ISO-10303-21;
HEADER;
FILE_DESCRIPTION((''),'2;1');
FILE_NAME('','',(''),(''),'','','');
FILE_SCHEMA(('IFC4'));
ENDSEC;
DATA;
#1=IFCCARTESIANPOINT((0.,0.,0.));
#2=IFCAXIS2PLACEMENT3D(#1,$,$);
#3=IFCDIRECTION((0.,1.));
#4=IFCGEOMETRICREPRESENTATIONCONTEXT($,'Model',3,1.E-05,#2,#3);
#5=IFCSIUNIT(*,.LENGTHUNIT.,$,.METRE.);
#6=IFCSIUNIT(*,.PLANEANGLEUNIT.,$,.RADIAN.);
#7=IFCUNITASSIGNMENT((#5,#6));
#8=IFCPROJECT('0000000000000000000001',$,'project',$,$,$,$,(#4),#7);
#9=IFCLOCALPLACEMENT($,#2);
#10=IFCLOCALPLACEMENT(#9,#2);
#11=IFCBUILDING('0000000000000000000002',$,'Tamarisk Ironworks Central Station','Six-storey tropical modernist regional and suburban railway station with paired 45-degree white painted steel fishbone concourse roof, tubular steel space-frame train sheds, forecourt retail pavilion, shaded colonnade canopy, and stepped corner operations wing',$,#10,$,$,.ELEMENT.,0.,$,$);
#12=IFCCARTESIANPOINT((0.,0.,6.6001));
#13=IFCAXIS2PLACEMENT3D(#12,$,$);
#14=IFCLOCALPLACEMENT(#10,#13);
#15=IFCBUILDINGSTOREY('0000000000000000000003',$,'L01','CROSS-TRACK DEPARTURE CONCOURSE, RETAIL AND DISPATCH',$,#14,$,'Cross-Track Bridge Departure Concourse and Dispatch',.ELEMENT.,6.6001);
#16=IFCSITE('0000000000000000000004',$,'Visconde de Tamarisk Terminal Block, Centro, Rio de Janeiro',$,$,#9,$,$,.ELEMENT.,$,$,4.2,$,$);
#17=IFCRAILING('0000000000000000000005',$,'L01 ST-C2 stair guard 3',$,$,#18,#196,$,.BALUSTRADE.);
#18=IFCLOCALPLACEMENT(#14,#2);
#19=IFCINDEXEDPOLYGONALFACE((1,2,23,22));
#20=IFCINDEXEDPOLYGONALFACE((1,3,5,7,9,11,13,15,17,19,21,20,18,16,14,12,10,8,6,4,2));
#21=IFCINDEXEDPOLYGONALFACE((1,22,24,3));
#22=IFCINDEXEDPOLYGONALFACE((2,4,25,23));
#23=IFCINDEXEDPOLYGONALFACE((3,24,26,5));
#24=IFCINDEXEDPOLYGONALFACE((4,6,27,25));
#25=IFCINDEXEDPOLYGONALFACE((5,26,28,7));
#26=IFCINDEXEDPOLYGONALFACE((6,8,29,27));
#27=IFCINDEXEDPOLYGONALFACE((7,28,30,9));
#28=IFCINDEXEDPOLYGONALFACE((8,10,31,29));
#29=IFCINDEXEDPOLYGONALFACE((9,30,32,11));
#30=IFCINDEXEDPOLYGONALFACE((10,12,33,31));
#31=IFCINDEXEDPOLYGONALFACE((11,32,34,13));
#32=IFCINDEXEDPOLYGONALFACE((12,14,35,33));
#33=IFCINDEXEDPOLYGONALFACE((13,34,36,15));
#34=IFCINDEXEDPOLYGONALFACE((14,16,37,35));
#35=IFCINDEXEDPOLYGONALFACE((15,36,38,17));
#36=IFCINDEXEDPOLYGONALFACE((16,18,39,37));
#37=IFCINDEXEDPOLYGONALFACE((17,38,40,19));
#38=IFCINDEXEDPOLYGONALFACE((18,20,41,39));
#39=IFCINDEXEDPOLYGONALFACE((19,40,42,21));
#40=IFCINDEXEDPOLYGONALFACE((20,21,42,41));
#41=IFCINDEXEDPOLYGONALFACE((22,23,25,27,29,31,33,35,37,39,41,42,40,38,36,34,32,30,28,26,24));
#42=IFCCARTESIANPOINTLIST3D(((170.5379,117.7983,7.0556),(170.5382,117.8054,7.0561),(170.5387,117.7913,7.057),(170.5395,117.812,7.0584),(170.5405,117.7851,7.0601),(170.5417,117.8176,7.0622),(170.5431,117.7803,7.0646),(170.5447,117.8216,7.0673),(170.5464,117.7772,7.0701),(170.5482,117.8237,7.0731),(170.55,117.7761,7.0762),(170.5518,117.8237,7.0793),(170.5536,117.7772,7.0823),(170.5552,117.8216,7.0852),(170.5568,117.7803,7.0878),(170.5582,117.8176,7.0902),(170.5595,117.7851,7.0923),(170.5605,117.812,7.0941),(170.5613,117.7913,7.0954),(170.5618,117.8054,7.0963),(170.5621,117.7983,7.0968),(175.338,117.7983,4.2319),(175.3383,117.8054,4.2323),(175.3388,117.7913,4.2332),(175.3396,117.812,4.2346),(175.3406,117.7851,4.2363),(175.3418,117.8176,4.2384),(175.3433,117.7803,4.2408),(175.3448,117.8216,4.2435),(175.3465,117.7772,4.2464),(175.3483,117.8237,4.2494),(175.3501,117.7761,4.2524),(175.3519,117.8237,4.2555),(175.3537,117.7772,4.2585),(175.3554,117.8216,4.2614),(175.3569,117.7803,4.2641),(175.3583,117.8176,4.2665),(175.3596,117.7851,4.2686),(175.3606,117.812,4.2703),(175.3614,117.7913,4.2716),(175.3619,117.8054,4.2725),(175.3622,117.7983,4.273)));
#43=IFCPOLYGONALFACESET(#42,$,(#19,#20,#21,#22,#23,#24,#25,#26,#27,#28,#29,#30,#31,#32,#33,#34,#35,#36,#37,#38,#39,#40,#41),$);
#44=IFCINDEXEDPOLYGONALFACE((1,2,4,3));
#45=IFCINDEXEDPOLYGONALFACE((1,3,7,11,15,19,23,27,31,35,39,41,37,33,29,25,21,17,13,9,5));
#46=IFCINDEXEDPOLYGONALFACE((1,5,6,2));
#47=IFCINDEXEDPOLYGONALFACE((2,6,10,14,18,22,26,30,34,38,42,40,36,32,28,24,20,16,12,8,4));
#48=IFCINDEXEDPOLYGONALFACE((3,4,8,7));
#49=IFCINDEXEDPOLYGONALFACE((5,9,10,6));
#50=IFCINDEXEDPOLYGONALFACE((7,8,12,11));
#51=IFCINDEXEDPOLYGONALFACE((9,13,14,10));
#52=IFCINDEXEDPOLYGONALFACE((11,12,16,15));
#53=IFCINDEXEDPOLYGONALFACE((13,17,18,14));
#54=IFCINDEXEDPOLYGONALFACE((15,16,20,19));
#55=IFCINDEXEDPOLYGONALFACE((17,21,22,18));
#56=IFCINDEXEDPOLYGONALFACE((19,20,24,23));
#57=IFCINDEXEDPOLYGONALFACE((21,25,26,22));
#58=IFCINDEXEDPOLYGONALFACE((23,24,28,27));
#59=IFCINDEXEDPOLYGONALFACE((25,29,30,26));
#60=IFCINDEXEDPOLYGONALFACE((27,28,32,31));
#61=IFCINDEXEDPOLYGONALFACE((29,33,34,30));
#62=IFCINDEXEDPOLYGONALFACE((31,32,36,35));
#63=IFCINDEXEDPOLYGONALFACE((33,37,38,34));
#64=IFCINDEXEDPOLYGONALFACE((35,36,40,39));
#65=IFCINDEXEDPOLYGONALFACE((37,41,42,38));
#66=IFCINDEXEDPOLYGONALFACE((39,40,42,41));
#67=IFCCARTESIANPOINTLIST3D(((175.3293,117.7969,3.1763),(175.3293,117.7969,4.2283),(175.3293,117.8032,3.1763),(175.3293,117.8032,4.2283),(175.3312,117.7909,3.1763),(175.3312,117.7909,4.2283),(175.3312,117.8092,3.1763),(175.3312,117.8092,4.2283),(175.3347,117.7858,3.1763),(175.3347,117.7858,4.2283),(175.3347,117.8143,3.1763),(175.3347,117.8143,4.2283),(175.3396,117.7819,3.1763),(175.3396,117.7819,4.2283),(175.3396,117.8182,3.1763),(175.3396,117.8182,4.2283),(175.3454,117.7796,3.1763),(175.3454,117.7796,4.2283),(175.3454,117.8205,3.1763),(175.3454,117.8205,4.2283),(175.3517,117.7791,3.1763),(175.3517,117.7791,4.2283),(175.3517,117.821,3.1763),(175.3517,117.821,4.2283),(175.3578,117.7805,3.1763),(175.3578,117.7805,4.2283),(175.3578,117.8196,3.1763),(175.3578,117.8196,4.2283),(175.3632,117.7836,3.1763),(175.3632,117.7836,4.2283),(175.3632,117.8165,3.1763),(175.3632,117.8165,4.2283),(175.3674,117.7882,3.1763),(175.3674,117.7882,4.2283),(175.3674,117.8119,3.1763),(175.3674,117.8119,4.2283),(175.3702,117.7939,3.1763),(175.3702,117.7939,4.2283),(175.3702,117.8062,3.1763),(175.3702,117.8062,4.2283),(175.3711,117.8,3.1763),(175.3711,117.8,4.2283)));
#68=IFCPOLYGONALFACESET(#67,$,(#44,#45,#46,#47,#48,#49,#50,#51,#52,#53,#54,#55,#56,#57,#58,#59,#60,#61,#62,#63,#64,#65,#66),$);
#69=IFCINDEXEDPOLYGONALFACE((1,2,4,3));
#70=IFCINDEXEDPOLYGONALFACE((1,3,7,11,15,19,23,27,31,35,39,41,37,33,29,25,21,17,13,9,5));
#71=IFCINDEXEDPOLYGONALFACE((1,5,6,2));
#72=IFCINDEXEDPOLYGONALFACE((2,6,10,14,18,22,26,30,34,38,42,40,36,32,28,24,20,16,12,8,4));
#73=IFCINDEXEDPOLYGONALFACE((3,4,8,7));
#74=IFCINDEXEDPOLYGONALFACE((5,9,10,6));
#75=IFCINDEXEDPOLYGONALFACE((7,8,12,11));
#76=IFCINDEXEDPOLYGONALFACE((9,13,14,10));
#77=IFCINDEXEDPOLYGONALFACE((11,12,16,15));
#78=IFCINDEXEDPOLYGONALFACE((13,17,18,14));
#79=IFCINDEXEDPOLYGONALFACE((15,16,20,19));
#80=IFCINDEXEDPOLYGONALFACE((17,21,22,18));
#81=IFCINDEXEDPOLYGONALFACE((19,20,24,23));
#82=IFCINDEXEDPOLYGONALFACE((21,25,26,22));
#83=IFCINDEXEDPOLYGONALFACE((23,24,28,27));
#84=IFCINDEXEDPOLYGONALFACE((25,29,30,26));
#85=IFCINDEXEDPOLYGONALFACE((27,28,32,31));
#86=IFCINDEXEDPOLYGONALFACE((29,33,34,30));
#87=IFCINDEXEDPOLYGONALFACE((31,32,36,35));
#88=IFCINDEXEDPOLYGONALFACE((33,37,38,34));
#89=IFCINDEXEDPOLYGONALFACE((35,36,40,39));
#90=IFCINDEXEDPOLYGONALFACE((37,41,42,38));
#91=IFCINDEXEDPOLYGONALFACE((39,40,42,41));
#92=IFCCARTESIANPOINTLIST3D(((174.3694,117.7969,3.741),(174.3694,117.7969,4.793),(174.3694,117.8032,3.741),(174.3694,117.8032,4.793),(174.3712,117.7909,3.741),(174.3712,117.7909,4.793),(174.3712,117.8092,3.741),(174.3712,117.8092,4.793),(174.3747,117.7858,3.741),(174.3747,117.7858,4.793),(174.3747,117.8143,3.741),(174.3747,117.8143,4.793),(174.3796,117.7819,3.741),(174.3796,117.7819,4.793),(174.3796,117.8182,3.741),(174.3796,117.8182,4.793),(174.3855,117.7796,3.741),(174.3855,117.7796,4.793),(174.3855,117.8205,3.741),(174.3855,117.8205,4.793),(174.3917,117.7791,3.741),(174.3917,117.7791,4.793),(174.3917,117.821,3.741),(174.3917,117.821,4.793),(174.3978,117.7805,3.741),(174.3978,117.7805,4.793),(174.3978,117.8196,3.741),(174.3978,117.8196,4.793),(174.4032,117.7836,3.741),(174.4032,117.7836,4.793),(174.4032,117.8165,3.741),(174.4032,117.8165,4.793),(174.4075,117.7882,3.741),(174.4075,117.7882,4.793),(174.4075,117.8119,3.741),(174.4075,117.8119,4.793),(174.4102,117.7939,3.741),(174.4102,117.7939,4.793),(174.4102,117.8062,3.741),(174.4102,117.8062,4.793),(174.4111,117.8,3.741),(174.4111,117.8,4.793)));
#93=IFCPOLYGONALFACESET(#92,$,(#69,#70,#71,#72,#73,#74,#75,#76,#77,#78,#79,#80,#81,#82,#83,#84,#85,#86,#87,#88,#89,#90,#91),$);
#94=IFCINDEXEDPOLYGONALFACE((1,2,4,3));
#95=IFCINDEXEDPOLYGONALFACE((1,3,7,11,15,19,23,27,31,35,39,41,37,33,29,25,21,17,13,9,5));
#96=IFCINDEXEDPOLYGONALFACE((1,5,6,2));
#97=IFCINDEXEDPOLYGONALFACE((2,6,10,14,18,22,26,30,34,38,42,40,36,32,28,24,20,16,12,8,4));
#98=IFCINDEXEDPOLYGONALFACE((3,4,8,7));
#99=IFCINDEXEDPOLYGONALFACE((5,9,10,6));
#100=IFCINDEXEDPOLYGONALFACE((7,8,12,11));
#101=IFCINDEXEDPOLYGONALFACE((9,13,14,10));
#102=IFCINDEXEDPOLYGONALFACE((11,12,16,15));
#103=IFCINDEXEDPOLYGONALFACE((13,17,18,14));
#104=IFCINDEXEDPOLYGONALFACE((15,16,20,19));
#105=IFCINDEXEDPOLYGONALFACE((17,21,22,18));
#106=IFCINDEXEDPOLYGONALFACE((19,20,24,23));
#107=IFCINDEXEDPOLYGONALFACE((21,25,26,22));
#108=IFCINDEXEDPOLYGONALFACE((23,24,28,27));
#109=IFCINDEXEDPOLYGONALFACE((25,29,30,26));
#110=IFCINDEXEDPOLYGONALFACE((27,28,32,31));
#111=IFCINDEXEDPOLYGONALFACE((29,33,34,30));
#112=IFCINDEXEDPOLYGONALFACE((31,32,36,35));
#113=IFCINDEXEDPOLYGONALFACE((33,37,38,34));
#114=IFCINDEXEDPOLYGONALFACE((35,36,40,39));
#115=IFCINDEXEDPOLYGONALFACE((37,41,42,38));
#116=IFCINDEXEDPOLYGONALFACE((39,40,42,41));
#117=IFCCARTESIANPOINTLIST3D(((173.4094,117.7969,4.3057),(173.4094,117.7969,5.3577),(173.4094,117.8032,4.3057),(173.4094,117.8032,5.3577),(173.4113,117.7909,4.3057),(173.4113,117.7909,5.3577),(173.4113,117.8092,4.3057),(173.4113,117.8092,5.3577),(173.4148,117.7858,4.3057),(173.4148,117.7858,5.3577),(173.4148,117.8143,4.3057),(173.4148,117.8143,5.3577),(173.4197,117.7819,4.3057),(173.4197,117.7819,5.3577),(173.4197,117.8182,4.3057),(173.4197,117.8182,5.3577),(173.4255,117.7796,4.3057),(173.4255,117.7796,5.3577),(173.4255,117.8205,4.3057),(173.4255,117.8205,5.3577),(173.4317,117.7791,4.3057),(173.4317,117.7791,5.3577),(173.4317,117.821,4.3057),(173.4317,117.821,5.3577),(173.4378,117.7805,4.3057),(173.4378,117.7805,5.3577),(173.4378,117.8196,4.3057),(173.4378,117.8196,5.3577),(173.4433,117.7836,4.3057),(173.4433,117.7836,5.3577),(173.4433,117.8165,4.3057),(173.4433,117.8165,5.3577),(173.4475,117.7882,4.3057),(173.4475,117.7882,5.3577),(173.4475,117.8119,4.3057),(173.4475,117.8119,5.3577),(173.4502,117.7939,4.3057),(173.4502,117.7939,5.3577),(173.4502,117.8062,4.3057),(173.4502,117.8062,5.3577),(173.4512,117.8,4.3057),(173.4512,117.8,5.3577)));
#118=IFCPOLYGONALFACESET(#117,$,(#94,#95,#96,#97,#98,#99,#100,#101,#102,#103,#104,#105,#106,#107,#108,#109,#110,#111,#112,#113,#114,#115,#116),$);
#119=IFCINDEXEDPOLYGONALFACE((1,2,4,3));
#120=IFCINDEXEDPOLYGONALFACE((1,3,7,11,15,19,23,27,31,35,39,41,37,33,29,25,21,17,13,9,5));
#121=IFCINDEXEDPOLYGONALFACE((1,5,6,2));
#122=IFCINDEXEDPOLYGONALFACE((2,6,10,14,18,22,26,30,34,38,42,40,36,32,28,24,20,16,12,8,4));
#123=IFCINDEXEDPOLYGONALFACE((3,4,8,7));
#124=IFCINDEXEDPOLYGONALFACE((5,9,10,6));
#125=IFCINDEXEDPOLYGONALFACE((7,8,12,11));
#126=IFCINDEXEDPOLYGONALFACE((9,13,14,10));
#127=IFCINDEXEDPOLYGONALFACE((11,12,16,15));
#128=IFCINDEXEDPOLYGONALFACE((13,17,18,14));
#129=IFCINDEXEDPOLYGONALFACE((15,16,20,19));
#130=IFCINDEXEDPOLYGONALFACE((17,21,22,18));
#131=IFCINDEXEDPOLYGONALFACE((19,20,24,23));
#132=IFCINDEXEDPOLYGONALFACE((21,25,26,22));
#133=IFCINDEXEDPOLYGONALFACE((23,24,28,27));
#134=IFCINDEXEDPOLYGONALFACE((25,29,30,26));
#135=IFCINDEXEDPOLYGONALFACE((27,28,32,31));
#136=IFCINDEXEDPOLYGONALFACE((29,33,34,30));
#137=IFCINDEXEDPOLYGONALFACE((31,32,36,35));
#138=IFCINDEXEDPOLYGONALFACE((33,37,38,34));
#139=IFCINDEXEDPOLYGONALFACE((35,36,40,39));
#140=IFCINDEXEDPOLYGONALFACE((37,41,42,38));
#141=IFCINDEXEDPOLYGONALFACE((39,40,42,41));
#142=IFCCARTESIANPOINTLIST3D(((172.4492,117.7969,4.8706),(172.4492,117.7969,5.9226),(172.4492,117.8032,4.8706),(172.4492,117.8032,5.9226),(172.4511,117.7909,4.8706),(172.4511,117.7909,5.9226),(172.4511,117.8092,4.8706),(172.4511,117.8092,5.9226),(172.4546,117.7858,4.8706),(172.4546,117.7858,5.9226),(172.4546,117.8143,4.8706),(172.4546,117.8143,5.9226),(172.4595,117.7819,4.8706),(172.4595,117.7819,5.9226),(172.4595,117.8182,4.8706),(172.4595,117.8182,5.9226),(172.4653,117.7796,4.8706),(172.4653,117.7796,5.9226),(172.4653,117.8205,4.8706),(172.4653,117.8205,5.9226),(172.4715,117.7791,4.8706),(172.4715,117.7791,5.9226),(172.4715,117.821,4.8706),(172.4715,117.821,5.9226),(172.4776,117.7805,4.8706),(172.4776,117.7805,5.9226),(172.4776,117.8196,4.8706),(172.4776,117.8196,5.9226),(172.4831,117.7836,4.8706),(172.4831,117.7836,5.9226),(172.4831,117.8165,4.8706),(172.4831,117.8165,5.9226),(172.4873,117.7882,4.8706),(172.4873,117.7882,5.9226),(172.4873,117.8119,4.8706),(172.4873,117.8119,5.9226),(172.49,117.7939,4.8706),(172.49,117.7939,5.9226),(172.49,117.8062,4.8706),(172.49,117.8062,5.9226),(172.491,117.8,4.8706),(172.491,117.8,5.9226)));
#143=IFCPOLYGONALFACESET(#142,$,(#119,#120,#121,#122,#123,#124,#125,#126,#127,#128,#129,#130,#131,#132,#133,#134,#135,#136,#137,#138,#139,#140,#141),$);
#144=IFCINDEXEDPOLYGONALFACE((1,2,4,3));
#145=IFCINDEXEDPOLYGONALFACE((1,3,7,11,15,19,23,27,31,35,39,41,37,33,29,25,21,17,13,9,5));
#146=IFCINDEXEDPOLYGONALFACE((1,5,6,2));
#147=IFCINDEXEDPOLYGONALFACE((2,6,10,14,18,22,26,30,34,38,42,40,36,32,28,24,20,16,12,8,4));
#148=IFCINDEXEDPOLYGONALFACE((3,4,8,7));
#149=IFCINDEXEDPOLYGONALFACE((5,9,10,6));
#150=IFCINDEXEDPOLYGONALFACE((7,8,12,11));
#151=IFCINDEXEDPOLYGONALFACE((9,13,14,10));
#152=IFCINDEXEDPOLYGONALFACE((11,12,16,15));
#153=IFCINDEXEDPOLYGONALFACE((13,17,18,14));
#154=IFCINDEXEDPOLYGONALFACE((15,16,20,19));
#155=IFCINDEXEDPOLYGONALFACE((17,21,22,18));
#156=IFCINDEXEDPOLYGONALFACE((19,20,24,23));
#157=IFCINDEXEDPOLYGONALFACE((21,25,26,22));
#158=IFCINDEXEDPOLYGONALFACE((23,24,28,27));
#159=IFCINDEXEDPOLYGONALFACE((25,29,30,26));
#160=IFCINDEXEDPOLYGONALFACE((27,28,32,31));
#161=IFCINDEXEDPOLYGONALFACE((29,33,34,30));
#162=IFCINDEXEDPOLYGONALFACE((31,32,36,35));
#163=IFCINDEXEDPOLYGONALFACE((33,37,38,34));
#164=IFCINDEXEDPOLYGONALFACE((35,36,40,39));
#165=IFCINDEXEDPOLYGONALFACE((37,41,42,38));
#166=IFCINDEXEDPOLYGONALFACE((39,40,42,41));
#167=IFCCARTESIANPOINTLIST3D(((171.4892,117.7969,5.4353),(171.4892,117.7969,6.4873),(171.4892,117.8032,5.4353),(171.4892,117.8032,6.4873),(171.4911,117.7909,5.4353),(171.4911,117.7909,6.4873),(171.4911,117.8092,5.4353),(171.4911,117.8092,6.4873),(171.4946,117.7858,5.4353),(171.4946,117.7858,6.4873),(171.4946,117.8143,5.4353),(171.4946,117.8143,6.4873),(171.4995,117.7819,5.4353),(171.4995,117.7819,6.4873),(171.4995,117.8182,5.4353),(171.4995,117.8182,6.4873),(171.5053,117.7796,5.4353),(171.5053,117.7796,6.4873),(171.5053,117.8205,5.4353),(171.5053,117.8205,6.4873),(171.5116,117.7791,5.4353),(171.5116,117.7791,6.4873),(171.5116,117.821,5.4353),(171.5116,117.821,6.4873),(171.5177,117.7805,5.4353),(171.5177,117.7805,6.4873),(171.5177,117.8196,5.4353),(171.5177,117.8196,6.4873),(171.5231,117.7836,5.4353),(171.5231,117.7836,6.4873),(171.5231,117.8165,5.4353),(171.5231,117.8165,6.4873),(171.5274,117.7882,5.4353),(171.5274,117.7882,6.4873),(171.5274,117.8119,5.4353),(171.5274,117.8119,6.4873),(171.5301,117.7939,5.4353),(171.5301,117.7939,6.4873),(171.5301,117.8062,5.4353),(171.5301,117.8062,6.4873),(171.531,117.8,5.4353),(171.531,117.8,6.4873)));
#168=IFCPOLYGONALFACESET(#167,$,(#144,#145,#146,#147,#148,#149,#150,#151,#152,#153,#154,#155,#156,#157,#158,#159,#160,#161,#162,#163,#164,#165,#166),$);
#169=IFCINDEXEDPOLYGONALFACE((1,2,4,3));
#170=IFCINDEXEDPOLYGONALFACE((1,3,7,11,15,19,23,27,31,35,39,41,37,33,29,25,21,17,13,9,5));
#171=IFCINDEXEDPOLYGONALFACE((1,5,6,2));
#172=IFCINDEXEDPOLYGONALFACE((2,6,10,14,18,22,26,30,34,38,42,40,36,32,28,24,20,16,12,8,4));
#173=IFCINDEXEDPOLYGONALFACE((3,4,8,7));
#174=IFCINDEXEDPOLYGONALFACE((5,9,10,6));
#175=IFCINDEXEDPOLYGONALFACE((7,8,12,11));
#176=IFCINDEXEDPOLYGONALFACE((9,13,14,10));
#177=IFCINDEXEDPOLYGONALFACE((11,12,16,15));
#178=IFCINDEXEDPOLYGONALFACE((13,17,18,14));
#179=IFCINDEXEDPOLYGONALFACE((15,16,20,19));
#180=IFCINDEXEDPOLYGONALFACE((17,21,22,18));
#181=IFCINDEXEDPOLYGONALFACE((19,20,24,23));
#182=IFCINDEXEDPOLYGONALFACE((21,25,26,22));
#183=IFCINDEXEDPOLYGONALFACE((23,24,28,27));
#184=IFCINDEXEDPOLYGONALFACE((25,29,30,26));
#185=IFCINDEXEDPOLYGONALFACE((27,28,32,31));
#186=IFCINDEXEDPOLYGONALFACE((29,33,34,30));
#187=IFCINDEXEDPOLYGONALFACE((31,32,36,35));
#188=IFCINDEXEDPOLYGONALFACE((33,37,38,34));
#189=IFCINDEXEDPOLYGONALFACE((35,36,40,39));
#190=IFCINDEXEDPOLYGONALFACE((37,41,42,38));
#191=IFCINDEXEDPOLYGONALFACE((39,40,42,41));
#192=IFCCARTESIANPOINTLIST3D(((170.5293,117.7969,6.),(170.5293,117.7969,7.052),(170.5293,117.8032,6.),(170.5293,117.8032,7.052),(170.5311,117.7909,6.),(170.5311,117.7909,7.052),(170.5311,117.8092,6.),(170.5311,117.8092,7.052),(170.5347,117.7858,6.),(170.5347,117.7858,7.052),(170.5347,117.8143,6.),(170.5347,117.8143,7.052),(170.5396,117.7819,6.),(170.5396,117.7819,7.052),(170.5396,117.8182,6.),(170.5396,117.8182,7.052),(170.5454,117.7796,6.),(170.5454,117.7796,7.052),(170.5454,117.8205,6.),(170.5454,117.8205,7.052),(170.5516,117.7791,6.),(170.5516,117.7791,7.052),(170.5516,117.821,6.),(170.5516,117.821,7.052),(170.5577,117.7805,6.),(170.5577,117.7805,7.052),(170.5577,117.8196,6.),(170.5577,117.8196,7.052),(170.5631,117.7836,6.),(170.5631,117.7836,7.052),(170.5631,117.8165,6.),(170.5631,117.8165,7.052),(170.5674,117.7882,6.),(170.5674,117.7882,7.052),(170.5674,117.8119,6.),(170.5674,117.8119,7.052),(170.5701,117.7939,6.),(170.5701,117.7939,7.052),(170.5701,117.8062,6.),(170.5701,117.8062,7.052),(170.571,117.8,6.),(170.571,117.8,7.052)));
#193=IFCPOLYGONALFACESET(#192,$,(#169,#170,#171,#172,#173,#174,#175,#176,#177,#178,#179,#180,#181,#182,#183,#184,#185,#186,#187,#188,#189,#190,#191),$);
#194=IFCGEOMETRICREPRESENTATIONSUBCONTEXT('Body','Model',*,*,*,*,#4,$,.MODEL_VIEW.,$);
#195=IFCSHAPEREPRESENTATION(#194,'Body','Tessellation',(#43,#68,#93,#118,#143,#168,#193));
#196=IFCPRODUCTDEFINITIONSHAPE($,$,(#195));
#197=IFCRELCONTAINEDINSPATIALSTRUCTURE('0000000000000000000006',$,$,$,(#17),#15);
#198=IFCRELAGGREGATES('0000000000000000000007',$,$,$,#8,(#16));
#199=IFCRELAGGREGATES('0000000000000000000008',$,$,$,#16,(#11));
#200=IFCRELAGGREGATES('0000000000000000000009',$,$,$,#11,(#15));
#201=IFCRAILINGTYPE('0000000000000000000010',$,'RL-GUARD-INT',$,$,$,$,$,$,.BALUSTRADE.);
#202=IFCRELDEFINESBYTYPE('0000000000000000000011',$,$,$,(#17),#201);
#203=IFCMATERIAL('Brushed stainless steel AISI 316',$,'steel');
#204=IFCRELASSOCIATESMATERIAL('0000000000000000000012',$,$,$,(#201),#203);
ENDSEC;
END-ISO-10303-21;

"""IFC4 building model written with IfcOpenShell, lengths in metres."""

from ifc_helpers import new_model, si_unit, direction, frame, origin, origin_2d, place, context, subcontext, project, spatial, circle, extrude, material, type_object, element, save


model = new_model("IFC4")

# Units and contexts
model_context = context("Model", 3, precision=1e-05, world=origin(), true_north=direction((0.0, 1.0)))
body_context = subcontext(model_context, "Body", "Model", "MODEL_VIEW")
ifc_project = project(units=[si_unit("LENGTHUNIT", "METRE"), si_unit("PLANEANGLEUNIT", "RADIAN")], contexts=[model_context])

# Site, building, storey
site_placement = place(None, origin())
site = spatial("IfcSite", under=ifc_project, at=site_placement, Name="Visconde de Tamarisk Terminal Block, Centro, Rio de Janeiro", CompositionType="ELEMENT", RefElevation=4.2)
building_placement = place(site_placement, origin())
building = spatial("IfcBuilding", under=site, at=building_placement, Name="Tamarisk Ironworks Central Station", Description="Six-storey tropical modernist regional and suburban railway station with paired 45-degree white painted steel fishbone concourse roof, tubular steel space-frame train sheds, forecourt retail pavilion, shaded colonnade canopy, and stepped corner operations wing", CompositionType="ELEMENT", ElevationOfRefHeight=0.0)
storey_placement = place(building_placement, frame((0.0, 0.0, 6.6001)))
storey = spatial("IfcBuildingStorey", under=building, at=storey_placement, Name="L01", Description="CROSS-TRACK DEPARTURE CONCOURSE, RETAIL AND DISPATCH", LongName="Cross-Track Bridge Departure Concourse and Dispatch", CompositionType="ELEMENT", Elevation=6.6001)

# Railing
ifc_material_1 = material(Name="Brushed stainless steel AISI 316", Category="steel")
railing_type_1 = type_object("IfcRailingType", Name="RL-GUARD-INT", PredefinedType="BALUSTRADE", material=ifc_material_1)
railing_1_placement = place(storey_placement, frame((175.3501, 117.8, 3.1763)))
element("IfcRailing", 1, at=railing_1_placement, inside=storey, type_object=railing_type_1, Name="L01 ST-C2 stair guard 3", PredefinedType="BALUSTRADE", context=body_context, shape_type="SweptSolid", body=[
    extrude(circle(Radius=0.0239, at=origin_2d()), frame((0.0, 0.0, 1.0762), z_axis=(-0.861921, 0.0, 0.507043), x_axis=(0.0, -1.0, 0.0)), (0.0, 0.0, 1.0), 5.5691),
    extrude(circle(Radius=0.021, at=origin_2d()), origin(), (0.0, 0.0, 1.0), 1.052),
    extrude(circle(Radius=0.021, at=origin_2d()), frame((-0.96, 0.0, 0.5647)), (0.0, 0.0, 1.0), 1.052),
    extrude(circle(Radius=0.021, at=origin_2d()), frame((-1.9199, 0.0, 1.1294)), (0.0, 0.0, 1.0), 1.052),
    extrude(circle(Radius=0.021, at=origin_2d()), frame((-2.8801, 0.0, 1.6943)), (0.0, 0.0, 1.0), 1.052),
    extrude(circle(Radius=0.021, at=origin_2d()), frame((-3.8401, 0.0, 2.259)), (0.0, 0.0, 1.0), 1.052),
    extrude(circle(Radius=0.021, at=origin_2d()), frame((-4.8, 0.0, 2.8237)), (0.0, 0.0, 1.0), 1.052),
])

save(model, "model.ifc")
